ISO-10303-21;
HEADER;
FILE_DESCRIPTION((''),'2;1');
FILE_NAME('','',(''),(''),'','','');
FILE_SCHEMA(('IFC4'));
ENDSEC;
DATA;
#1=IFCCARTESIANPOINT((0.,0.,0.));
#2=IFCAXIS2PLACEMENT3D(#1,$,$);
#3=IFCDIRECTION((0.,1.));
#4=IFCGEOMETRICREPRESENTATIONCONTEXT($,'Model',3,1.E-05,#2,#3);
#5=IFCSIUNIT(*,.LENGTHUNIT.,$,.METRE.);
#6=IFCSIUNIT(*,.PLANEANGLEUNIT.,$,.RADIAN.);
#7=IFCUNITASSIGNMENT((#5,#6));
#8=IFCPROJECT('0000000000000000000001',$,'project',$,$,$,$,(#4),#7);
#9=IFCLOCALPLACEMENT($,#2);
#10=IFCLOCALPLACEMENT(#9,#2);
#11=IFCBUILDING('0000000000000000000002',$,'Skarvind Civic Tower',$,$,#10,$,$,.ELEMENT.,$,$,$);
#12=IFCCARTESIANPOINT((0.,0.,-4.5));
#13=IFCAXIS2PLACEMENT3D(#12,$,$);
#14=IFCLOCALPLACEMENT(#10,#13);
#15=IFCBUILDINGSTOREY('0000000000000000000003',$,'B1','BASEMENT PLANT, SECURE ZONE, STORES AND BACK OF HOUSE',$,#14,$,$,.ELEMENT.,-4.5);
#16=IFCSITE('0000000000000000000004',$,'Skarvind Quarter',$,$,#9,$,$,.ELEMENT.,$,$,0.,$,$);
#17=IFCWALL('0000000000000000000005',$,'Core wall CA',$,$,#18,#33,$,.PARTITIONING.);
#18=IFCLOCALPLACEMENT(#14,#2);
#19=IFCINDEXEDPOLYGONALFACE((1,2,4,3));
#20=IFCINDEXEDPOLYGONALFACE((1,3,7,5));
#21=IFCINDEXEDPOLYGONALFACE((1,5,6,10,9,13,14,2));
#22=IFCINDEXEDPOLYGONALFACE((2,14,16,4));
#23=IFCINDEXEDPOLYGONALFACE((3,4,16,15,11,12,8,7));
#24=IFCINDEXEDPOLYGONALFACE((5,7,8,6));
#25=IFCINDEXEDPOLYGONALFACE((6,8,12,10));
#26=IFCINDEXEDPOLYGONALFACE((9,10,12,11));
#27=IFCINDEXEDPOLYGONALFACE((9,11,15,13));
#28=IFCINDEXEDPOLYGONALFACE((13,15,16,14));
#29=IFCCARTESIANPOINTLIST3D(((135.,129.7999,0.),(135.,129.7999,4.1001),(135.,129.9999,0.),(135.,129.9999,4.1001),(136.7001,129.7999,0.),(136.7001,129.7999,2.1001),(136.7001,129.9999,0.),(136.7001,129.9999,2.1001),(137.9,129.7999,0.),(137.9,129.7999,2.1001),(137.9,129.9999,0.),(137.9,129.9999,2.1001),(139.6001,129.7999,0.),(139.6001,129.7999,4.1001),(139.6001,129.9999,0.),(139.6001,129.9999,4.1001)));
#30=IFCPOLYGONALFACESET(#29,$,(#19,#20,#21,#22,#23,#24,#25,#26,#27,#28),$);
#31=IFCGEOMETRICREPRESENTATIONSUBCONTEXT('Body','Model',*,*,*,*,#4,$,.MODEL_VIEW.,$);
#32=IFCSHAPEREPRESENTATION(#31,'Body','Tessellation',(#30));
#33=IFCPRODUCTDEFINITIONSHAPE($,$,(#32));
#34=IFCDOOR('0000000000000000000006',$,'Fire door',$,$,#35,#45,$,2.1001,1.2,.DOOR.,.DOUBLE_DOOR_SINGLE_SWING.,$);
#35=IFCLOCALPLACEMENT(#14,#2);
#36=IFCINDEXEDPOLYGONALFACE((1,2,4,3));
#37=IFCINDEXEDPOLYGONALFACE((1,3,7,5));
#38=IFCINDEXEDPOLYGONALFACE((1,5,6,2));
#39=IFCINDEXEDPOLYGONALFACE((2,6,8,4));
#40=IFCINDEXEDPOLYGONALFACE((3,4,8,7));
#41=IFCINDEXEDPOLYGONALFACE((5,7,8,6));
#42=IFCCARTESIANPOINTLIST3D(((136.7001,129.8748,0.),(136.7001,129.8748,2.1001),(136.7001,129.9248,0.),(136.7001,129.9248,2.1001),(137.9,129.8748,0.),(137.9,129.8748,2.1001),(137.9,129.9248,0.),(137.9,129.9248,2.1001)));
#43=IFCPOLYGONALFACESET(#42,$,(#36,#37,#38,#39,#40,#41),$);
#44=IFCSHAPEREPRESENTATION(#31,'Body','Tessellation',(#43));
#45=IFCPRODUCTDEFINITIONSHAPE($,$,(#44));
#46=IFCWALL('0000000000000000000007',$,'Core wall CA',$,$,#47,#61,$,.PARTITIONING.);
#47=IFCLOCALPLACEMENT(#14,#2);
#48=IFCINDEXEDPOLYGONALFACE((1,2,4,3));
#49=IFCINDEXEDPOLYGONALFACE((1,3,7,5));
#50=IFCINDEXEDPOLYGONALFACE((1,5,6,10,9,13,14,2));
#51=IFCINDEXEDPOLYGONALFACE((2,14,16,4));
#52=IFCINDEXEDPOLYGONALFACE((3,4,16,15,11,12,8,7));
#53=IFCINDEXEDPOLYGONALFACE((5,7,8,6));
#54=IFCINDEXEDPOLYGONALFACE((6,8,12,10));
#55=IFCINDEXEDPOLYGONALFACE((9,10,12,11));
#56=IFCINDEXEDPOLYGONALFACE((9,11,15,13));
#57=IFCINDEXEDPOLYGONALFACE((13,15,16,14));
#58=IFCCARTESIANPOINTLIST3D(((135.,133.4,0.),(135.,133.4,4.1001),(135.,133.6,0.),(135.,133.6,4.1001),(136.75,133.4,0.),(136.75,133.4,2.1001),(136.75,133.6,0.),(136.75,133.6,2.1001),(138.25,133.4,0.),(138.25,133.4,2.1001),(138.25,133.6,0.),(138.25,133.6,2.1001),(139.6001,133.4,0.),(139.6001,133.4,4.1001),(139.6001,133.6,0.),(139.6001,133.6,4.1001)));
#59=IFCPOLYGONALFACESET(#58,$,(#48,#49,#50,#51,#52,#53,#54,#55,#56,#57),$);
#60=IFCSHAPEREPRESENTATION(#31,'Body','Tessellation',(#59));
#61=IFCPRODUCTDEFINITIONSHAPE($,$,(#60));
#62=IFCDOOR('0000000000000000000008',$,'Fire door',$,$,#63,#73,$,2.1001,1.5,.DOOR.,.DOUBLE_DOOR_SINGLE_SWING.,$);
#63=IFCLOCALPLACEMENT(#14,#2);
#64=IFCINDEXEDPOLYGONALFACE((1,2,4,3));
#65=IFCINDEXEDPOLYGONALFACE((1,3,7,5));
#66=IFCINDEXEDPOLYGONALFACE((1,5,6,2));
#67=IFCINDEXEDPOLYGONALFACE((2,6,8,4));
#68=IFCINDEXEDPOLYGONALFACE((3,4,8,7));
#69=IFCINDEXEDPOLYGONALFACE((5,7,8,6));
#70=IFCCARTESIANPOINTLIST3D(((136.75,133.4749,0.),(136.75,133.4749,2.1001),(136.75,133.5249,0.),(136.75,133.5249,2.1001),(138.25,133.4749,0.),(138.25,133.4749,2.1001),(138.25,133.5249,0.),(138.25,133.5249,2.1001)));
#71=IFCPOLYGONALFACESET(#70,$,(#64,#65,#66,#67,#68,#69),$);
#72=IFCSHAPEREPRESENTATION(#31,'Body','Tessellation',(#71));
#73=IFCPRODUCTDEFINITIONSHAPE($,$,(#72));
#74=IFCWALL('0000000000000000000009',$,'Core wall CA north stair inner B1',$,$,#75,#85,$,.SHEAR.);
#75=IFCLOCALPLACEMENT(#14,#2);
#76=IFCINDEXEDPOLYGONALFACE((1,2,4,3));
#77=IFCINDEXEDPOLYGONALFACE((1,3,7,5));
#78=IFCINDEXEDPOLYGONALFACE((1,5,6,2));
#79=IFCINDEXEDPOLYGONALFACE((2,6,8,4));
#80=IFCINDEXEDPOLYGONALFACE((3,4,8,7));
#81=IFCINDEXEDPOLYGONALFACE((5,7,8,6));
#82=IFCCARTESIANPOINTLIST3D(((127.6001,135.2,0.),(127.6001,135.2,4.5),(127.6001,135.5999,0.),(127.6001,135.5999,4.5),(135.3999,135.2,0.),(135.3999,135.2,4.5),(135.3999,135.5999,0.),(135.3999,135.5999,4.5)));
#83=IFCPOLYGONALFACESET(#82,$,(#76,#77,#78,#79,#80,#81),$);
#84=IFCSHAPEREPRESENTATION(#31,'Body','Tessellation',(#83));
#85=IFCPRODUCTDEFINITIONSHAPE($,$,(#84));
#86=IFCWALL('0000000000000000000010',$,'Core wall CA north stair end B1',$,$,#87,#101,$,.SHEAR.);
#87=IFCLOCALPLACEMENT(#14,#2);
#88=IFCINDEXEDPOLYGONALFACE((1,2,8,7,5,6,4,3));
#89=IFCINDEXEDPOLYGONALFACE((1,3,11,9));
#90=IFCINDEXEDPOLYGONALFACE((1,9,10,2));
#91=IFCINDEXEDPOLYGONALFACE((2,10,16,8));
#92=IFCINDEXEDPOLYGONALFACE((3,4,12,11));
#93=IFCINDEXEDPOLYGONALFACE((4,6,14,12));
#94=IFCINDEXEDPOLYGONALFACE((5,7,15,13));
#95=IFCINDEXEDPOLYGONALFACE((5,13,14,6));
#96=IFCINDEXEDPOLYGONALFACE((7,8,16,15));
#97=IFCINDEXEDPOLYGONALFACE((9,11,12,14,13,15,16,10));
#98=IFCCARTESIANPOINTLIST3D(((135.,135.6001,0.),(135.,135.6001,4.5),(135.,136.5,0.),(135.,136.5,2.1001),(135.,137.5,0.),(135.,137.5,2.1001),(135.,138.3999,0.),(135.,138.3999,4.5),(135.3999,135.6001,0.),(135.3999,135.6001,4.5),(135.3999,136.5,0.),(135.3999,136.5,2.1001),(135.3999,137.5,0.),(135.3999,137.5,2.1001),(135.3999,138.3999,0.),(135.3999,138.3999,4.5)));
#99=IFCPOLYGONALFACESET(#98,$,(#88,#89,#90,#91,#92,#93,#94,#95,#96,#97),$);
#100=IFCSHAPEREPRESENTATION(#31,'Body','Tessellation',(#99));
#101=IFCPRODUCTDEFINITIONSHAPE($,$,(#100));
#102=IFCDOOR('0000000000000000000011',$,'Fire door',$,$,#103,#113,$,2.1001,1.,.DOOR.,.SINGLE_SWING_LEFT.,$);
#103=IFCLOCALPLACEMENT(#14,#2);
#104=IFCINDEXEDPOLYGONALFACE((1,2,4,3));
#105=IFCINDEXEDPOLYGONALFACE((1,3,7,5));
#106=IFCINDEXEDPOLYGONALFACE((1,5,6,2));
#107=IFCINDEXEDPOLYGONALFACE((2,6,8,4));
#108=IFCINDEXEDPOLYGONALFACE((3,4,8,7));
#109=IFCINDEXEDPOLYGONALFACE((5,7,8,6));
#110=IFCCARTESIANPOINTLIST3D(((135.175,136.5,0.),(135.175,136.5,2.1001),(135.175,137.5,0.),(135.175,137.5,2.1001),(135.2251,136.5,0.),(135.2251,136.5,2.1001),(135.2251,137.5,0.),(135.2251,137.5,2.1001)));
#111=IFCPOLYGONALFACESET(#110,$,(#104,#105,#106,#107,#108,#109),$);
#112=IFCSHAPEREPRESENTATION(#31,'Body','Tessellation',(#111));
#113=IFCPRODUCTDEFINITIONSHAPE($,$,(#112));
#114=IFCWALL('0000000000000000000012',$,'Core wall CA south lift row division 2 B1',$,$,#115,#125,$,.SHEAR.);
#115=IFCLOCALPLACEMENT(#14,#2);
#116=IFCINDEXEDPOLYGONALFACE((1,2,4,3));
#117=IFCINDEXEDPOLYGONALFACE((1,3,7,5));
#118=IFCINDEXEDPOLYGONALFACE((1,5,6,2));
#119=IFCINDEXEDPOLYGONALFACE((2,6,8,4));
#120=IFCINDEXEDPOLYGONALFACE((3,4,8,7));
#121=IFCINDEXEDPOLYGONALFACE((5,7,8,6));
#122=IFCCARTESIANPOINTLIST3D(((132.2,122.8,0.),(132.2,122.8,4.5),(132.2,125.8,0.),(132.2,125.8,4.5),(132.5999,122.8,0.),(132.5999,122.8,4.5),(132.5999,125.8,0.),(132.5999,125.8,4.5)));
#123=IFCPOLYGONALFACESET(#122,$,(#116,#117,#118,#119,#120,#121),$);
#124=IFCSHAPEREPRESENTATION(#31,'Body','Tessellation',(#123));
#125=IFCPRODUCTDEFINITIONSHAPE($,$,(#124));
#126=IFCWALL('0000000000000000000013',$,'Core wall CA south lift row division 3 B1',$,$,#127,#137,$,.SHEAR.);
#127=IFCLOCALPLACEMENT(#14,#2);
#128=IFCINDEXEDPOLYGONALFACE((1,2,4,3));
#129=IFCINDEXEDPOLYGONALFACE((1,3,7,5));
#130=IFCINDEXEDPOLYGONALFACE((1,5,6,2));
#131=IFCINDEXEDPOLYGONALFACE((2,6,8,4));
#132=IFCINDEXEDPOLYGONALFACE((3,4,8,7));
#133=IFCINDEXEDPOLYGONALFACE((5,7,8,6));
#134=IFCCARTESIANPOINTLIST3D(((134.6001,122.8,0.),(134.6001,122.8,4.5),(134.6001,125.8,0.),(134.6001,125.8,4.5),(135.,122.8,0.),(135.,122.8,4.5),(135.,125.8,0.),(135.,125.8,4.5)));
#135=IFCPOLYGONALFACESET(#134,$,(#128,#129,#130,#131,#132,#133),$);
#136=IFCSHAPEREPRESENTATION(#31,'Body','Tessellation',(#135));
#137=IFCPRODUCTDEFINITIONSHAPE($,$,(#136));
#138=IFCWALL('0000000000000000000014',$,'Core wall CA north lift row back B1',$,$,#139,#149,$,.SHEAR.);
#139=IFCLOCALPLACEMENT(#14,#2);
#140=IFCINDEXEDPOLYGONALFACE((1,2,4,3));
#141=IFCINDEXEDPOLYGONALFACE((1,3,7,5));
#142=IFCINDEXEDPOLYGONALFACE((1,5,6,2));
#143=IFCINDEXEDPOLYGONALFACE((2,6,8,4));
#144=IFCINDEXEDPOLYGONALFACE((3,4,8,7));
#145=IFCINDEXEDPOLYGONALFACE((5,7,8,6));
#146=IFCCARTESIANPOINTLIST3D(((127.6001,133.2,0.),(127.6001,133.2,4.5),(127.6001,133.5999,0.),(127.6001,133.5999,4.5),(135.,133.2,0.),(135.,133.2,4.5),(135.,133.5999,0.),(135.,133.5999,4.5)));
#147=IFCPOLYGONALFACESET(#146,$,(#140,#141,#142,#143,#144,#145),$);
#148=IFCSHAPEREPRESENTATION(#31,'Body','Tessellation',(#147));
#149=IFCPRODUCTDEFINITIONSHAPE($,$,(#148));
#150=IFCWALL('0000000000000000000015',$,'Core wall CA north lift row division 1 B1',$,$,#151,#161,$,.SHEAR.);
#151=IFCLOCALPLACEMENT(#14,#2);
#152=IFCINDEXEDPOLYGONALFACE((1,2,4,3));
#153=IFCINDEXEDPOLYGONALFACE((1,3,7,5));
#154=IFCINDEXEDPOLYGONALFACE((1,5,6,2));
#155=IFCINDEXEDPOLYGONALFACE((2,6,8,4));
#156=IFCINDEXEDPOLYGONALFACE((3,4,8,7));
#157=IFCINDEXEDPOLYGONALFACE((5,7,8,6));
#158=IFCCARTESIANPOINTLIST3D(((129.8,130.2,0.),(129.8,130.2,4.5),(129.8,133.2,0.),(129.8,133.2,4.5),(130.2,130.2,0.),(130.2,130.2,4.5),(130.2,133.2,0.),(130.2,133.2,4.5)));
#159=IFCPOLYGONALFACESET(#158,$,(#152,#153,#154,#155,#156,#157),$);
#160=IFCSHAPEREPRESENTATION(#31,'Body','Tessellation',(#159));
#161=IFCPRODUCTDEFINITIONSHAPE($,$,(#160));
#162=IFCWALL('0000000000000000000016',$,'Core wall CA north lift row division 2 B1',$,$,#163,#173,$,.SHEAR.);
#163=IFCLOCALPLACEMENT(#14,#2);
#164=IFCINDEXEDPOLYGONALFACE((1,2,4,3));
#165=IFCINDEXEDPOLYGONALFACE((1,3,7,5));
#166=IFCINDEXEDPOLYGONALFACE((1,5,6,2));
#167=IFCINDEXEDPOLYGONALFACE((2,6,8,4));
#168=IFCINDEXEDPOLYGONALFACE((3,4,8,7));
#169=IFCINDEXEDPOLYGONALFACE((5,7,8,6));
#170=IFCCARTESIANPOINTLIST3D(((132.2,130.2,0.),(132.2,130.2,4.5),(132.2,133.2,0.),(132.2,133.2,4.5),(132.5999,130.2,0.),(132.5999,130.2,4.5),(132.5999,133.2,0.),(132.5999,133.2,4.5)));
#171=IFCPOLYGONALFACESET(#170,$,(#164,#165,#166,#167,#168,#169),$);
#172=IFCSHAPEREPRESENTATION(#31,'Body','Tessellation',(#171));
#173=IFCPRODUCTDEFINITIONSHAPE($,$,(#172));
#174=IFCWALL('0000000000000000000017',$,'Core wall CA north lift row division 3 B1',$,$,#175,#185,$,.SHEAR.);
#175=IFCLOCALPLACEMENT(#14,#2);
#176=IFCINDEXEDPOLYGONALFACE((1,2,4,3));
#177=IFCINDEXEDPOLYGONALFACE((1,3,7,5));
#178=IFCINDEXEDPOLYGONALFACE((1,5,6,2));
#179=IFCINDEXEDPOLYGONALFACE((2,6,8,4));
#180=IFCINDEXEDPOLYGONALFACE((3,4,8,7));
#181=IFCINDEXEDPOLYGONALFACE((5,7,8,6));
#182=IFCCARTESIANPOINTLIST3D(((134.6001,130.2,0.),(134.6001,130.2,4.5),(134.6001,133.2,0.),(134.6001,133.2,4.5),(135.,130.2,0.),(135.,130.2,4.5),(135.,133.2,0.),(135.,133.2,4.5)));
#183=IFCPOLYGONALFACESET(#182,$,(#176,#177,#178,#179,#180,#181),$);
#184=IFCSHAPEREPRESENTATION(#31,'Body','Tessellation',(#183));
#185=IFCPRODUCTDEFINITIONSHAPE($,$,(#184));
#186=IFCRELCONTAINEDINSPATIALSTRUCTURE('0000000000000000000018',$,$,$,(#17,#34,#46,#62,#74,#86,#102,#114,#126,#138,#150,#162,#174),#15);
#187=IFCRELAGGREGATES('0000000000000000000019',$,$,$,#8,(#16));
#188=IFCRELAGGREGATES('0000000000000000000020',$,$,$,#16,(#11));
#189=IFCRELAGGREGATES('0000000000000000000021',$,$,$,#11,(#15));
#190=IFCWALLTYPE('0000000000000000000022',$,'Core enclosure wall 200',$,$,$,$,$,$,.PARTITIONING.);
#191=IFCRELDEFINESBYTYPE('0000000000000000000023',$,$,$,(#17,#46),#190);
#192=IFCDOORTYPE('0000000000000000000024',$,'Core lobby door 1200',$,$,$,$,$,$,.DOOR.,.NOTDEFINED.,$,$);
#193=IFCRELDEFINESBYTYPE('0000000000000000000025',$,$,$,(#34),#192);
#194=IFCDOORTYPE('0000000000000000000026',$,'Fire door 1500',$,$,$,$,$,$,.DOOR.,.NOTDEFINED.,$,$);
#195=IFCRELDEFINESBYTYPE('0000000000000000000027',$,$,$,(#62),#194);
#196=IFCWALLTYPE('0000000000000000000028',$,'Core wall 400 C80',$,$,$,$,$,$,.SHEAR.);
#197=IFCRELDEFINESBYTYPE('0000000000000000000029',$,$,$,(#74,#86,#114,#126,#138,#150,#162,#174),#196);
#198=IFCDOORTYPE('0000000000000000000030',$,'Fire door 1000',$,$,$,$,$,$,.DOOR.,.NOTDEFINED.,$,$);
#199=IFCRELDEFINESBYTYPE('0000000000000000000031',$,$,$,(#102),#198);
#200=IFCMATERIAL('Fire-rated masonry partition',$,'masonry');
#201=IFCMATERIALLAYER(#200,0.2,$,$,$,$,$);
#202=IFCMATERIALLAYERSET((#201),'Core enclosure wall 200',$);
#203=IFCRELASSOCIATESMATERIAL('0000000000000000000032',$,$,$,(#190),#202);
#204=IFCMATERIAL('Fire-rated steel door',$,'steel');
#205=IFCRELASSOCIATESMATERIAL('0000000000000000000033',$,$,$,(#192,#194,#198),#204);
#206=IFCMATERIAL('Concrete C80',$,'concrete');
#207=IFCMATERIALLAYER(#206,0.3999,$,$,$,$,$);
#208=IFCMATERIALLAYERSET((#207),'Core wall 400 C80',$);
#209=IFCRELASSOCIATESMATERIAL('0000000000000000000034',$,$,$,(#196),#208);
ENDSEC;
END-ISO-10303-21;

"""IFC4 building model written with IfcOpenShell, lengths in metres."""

from ifc_helpers import new_model, si_unit, direction, frame, frame_2d, origin, place, context, subcontext, project, spatial, rectangle, extrude, material, layer, layer_set, type_object, element, fill, save


model = new_model("IFC4")

# Units and contexts
model_context = context("Model", 3, precision=1e-05, world=origin(), true_north=direction((0.0, 1.0)))
body_context = subcontext(model_context, "Body", "Model", "MODEL_VIEW")
ifc_project = project(units=[si_unit("LENGTHUNIT", "METRE"), si_unit("PLANEANGLEUNIT", "RADIAN")], contexts=[model_context])

# Site, building, storey
site_placement = place(None, origin())
site = spatial("IfcSite", under=ifc_project, at=site_placement, Name="Skarvind Quarter", CompositionType="ELEMENT", RefElevation=0.0)
building_placement = place(site_placement, origin())
building = spatial("IfcBuilding", under=site, at=building_placement, Name="Skarvind Civic Tower", CompositionType="ELEMENT")
storey_placement = place(building_placement, frame((0.0, 0.0, -4.5)))
storey = spatial("IfcBuildingStorey", under=building, at=storey_placement, Name="B1", Description="BASEMENT PLANT, SECURE ZONE, STORES AND BACK OF HOUSE", CompositionType="ELEMENT", Elevation=-4.5)

# Walls, openings, doors
ifc_material_1 = material(Name="Fire-rated masonry partition", Category="masonry")
ifc_layer_1 = layer(ifc_material_1, 0.2)
ifc_layer_set_1 = layer_set([ifc_layer_1], Name="Core enclosure wall 200")
wall_type_1 = type_object("IfcWallType", Name="Core enclosure wall 200", PredefinedType="PARTITIONING", material=ifc_layer_set_1)
wall_1_placement = place(storey_placement, frame((135.0, 129.8999, 0.0), z_axis=(0.0, 0.0, 1.0), x_axis=(1.0, 0.0, 0.0)))
wall_1 = element("IfcWall", 1, at=wall_1_placement, inside=storey, type_object=wall_type_1, Name="Core wall CA", PredefinedType="PARTITIONING", context=body_context, shape_type="SweptSolid", body=[
    extrude(rectangle(XDim=4.6001, YDim=0.2, at=frame_2d((2.3, 0.0))), origin(), (0.0, 0.0, 1.0), 4.1001),
])
opening_1_placement = place(wall_1_placement, frame((1.7, 0.0, 0.0)))
opening_1 = element("IfcOpeningElement", 2, at=opening_1_placement, cuts=wall_1, PredefinedType="OPENING", context=body_context, shape_type="SweptSolid", body=[
    extrude(rectangle(XDim=1.2, YDim=2.1001, at=frame_2d((0.6001, 1.05))), frame((0.0, 0.1099, 0.0), z_axis=(0.0, -1.0, 0.0), x_axis=(1.0, 0.0, 0.0)), (0.0, 0.0, 1.0), 0.22),
])
ifc_material_2 = material(Name="Fire-rated steel door", Category="steel")
door_type_1 = type_object("IfcDoorType", Name="Core lobby door 1200", OperationType="NOTDEFINED", PredefinedType="DOOR", material=ifc_material_2)
door_1_placement = place(opening_1_placement, origin())
door_1 = element("IfcDoor", 3, at=door_1_placement, inside=storey, type_object=door_type_1, Name="Fire door", OperationType="DOUBLE_DOOR_SINGLE_SWING", OverallHeight=2.1001, OverallWidth=1.2, PredefinedType="DOOR", context=body_context, shape_type="SweptSolid", body=[
    extrude(rectangle(XDim=1.2, YDim=2.1001, at=frame_2d((0.6001, 1.05))), frame((0.0, 0.0249, 0.0), z_axis=(0.0, -1.0, 0.0), x_axis=(1.0, 0.0, 0.0)), (0.0, 0.0, 1.0), 0.05),
])
fill(opening_1, door_1)
wall_2_placement = place(storey_placement, frame((135.0, 133.5, 0.0), z_axis=(0.0, 0.0, 1.0), x_axis=(1.0, 0.0, 0.0)))
wall_2 = element("IfcWall", 4, at=wall_2_placement, inside=storey, type_object=wall_type_1, Name="Core wall CA", PredefinedType="PARTITIONING", context=body_context, shape_type="SweptSolid", body=[
    extrude(rectangle(XDim=4.6001, YDim=0.2, at=frame_2d((2.3, 0.0))), origin(), (0.0, 0.0, 1.0), 4.1001),
])
opening_2_placement = place(wall_2_placement, frame((1.75, 0.0, 0.0)))
opening_2 = element("IfcOpeningElement", 5, at=opening_2_placement, cuts=wall_2, PredefinedType="OPENING", context=body_context, shape_type="SweptSolid", body=[
    extrude(rectangle(XDim=1.5, YDim=2.1001, at=frame_2d((0.75, 1.05))), frame((0.0, 0.1099, 0.0), z_axis=(0.0, -1.0, 0.0), x_axis=(1.0, 0.0, 0.0)), (0.0, 0.0, 1.0), 0.22),
])
door_type_2 = type_object("IfcDoorType", Name="Fire door 1500", OperationType="NOTDEFINED", PredefinedType="DOOR", material=ifc_material_2)
door_2_placement = place(opening_2_placement, origin())
door_2 = element("IfcDoor", 6, at=door_2_placement, inside=storey, type_object=door_type_2, Name="Fire door", OperationType="DOUBLE_DOOR_SINGLE_SWING", OverallHeight=2.1001, OverallWidth=1.5, PredefinedType="DOOR", context=body_context, shape_type="SweptSolid", body=[
    extrude(rectangle(XDim=1.5, YDim=2.1001, at=frame_2d((0.75, 1.05))), frame((0.0, 0.0249, 0.0), z_axis=(0.0, -1.0, 0.0), x_axis=(1.0, 0.0, 0.0)), (0.0, 0.0, 1.0), 0.05),
])
fill(opening_2, door_2)

# Wall
ifc_material_3 = material(Name="Concrete C80", Category="concrete")
ifc_layer_2 = layer(ifc_material_3, 0.3999)
ifc_layer_set_2 = layer_set([ifc_layer_2], Name="Core wall 400 C80")
wall_type_2 = type_object("IfcWallType", Name="Core wall 400 C80", PredefinedType="SHEAR", material=ifc_layer_set_2)
wall_3_placement = place(storey_placement, frame((127.6001, 135.3999, 0.0), z_axis=(0.0, 0.0, 1.0), x_axis=(1.0, 0.0, 0.0)))
element("IfcWall", 7, at=wall_3_placement, inside=storey, type_object=wall_type_2, Name="Core wall CA north stair inner B1", PredefinedType="SHEAR", context=body_context, shape_type="SweptSolid", body=[
    extrude(rectangle(XDim=7.7998, YDim=0.3999, at=frame_2d((3.8999, 0.0))), origin(), (0.0, 0.0, 1.0), 4.5),
])

# Wall, opening, door
wall_4_placement = place(storey_placement, frame((135.2, 135.6001, 0.0), z_axis=(0.0, 0.0, 1.0), x_axis=(0.0, 1.0, 0.0)))
wall_4 = element("IfcWall", 8, at=wall_4_placement, inside=storey, type_object=wall_type_2, Name="Core wall CA north stair end B1", PredefinedType="SHEAR", context=body_context, shape_type="SweptSolid", body=[
    extrude(rectangle(XDim=2.7998, YDim=0.3999, at=frame_2d((1.3999, 0.0))), origin(), (0.0, 0.0, 1.0), 4.5),
])
opening_3_placement = place(wall_4_placement, frame((0.8999, 0.0, 0.0)))
opening_3 = element("IfcOpeningElement", 9, at=opening_3_placement, cuts=wall_4, PredefinedType="OPENING", context=body_context, shape_type="SweptSolid", body=[
    extrude(rectangle(XDim=1.0, YDim=2.1001, at=frame_2d((0.5, 1.05))), frame((0.0, 0.21, 0.0), z_axis=(0.0, -1.0, 0.0), x_axis=(1.0, 0.0, 0.0)), (0.0, 0.0, 1.0), 0.4199),
])
door_type_3 = type_object("IfcDoorType", Name="Fire door 1000", OperationType="NOTDEFINED", PredefinedType="DOOR", material=ifc_material_2)
door_3_placement = place(opening_3_placement, origin())
door_3 = element("IfcDoor", 10, at=door_3_placement, inside=storey, type_object=door_type_3, Name="Fire door", OperationType="SINGLE_SWING_LEFT", OverallHeight=2.1001, OverallWidth=1.0, PredefinedType="DOOR", context=body_context, shape_type="SweptSolid", body=[
    extrude(rectangle(XDim=1.0, YDim=2.1001, at=frame_2d((0.5, 1.05))), frame((0.0, 0.0249, 0.0), z_axis=(0.0, -1.0, 0.0), x_axis=(1.0, 0.0, 0.0)), (0.0, 0.0, 1.0), 0.05),
])
fill(opening_3, door_3)

# Walls
for number, where, z_axis, x_axis, name in (
    (11, (132.3999, 122.8, 0.0), (0.0, 0.0, 1.0), (0.0, 1.0, 0.0), "Core wall CA south lift row division 2 B1"),
    (12, (134.8, 122.8, 0.0), (0.0, 0.0, 1.0), (0.0, 1.0, 0.0), "Core wall CA south lift row division 3 B1"),
):
    element("IfcWall", number, at=place(storey_placement, frame(where, z_axis=z_axis, x_axis=x_axis)), inside=storey, type_object=wall_type_2, Name=name, PredefinedType="SHEAR", context=body_context, shape_type="SweptSolid", body=[
        extrude(rectangle(XDim=3.0, YDim=0.3999, at=frame_2d((1.5, 0.0))), origin(), (0.0, 0.0, 1.0), 4.5),
    ])
wall_5_placement = place(storey_placement, frame((127.6001, 133.3999, 0.0), z_axis=(0.0, 0.0, 1.0), x_axis=(1.0, 0.0, 0.0)))
element("IfcWall", 13, at=wall_5_placement, inside=storey, type_object=wall_type_2, Name="Core wall CA north lift row back B1", PredefinedType="SHEAR", context=body_context, shape_type="SweptSolid", body=[
    extrude(rectangle(XDim=7.3999, YDim=0.3999, at=frame_2d((3.7, 0.0))), origin(), (0.0, 0.0, 1.0), 4.5),
])
for number, where, z_axis, x_axis, name in (
    (14, (130.0, 130.2, 0.0), (0.0, 0.0, 1.0), (0.0, 1.0, 0.0), "Core wall CA north lift row division 1 B1"),
    (15, (132.3999, 130.2, 0.0), (0.0, 0.0, 1.0), (0.0, 1.0, 0.0), "Core wall CA north lift row division 2 B1"),
    (16, (134.8, 130.2, 0.0), (0.0, 0.0, 1.0), (0.0, 1.0, 0.0), "Core wall CA north lift row division 3 B1"),
):
    element("IfcWall", number, at=place(storey_placement, frame(where, z_axis=z_axis, x_axis=x_axis)), inside=storey, type_object=wall_type_2, Name=name, PredefinedType="SHEAR", context=body_context, shape_type="SweptSolid", body=[
        extrude(rectangle(XDim=3.0, YDim=0.3999, at=frame_2d((1.5, 0.0))), origin(), (0.0, 0.0, 1.0), 4.5),
    ])

save(model, "model.ifc")
